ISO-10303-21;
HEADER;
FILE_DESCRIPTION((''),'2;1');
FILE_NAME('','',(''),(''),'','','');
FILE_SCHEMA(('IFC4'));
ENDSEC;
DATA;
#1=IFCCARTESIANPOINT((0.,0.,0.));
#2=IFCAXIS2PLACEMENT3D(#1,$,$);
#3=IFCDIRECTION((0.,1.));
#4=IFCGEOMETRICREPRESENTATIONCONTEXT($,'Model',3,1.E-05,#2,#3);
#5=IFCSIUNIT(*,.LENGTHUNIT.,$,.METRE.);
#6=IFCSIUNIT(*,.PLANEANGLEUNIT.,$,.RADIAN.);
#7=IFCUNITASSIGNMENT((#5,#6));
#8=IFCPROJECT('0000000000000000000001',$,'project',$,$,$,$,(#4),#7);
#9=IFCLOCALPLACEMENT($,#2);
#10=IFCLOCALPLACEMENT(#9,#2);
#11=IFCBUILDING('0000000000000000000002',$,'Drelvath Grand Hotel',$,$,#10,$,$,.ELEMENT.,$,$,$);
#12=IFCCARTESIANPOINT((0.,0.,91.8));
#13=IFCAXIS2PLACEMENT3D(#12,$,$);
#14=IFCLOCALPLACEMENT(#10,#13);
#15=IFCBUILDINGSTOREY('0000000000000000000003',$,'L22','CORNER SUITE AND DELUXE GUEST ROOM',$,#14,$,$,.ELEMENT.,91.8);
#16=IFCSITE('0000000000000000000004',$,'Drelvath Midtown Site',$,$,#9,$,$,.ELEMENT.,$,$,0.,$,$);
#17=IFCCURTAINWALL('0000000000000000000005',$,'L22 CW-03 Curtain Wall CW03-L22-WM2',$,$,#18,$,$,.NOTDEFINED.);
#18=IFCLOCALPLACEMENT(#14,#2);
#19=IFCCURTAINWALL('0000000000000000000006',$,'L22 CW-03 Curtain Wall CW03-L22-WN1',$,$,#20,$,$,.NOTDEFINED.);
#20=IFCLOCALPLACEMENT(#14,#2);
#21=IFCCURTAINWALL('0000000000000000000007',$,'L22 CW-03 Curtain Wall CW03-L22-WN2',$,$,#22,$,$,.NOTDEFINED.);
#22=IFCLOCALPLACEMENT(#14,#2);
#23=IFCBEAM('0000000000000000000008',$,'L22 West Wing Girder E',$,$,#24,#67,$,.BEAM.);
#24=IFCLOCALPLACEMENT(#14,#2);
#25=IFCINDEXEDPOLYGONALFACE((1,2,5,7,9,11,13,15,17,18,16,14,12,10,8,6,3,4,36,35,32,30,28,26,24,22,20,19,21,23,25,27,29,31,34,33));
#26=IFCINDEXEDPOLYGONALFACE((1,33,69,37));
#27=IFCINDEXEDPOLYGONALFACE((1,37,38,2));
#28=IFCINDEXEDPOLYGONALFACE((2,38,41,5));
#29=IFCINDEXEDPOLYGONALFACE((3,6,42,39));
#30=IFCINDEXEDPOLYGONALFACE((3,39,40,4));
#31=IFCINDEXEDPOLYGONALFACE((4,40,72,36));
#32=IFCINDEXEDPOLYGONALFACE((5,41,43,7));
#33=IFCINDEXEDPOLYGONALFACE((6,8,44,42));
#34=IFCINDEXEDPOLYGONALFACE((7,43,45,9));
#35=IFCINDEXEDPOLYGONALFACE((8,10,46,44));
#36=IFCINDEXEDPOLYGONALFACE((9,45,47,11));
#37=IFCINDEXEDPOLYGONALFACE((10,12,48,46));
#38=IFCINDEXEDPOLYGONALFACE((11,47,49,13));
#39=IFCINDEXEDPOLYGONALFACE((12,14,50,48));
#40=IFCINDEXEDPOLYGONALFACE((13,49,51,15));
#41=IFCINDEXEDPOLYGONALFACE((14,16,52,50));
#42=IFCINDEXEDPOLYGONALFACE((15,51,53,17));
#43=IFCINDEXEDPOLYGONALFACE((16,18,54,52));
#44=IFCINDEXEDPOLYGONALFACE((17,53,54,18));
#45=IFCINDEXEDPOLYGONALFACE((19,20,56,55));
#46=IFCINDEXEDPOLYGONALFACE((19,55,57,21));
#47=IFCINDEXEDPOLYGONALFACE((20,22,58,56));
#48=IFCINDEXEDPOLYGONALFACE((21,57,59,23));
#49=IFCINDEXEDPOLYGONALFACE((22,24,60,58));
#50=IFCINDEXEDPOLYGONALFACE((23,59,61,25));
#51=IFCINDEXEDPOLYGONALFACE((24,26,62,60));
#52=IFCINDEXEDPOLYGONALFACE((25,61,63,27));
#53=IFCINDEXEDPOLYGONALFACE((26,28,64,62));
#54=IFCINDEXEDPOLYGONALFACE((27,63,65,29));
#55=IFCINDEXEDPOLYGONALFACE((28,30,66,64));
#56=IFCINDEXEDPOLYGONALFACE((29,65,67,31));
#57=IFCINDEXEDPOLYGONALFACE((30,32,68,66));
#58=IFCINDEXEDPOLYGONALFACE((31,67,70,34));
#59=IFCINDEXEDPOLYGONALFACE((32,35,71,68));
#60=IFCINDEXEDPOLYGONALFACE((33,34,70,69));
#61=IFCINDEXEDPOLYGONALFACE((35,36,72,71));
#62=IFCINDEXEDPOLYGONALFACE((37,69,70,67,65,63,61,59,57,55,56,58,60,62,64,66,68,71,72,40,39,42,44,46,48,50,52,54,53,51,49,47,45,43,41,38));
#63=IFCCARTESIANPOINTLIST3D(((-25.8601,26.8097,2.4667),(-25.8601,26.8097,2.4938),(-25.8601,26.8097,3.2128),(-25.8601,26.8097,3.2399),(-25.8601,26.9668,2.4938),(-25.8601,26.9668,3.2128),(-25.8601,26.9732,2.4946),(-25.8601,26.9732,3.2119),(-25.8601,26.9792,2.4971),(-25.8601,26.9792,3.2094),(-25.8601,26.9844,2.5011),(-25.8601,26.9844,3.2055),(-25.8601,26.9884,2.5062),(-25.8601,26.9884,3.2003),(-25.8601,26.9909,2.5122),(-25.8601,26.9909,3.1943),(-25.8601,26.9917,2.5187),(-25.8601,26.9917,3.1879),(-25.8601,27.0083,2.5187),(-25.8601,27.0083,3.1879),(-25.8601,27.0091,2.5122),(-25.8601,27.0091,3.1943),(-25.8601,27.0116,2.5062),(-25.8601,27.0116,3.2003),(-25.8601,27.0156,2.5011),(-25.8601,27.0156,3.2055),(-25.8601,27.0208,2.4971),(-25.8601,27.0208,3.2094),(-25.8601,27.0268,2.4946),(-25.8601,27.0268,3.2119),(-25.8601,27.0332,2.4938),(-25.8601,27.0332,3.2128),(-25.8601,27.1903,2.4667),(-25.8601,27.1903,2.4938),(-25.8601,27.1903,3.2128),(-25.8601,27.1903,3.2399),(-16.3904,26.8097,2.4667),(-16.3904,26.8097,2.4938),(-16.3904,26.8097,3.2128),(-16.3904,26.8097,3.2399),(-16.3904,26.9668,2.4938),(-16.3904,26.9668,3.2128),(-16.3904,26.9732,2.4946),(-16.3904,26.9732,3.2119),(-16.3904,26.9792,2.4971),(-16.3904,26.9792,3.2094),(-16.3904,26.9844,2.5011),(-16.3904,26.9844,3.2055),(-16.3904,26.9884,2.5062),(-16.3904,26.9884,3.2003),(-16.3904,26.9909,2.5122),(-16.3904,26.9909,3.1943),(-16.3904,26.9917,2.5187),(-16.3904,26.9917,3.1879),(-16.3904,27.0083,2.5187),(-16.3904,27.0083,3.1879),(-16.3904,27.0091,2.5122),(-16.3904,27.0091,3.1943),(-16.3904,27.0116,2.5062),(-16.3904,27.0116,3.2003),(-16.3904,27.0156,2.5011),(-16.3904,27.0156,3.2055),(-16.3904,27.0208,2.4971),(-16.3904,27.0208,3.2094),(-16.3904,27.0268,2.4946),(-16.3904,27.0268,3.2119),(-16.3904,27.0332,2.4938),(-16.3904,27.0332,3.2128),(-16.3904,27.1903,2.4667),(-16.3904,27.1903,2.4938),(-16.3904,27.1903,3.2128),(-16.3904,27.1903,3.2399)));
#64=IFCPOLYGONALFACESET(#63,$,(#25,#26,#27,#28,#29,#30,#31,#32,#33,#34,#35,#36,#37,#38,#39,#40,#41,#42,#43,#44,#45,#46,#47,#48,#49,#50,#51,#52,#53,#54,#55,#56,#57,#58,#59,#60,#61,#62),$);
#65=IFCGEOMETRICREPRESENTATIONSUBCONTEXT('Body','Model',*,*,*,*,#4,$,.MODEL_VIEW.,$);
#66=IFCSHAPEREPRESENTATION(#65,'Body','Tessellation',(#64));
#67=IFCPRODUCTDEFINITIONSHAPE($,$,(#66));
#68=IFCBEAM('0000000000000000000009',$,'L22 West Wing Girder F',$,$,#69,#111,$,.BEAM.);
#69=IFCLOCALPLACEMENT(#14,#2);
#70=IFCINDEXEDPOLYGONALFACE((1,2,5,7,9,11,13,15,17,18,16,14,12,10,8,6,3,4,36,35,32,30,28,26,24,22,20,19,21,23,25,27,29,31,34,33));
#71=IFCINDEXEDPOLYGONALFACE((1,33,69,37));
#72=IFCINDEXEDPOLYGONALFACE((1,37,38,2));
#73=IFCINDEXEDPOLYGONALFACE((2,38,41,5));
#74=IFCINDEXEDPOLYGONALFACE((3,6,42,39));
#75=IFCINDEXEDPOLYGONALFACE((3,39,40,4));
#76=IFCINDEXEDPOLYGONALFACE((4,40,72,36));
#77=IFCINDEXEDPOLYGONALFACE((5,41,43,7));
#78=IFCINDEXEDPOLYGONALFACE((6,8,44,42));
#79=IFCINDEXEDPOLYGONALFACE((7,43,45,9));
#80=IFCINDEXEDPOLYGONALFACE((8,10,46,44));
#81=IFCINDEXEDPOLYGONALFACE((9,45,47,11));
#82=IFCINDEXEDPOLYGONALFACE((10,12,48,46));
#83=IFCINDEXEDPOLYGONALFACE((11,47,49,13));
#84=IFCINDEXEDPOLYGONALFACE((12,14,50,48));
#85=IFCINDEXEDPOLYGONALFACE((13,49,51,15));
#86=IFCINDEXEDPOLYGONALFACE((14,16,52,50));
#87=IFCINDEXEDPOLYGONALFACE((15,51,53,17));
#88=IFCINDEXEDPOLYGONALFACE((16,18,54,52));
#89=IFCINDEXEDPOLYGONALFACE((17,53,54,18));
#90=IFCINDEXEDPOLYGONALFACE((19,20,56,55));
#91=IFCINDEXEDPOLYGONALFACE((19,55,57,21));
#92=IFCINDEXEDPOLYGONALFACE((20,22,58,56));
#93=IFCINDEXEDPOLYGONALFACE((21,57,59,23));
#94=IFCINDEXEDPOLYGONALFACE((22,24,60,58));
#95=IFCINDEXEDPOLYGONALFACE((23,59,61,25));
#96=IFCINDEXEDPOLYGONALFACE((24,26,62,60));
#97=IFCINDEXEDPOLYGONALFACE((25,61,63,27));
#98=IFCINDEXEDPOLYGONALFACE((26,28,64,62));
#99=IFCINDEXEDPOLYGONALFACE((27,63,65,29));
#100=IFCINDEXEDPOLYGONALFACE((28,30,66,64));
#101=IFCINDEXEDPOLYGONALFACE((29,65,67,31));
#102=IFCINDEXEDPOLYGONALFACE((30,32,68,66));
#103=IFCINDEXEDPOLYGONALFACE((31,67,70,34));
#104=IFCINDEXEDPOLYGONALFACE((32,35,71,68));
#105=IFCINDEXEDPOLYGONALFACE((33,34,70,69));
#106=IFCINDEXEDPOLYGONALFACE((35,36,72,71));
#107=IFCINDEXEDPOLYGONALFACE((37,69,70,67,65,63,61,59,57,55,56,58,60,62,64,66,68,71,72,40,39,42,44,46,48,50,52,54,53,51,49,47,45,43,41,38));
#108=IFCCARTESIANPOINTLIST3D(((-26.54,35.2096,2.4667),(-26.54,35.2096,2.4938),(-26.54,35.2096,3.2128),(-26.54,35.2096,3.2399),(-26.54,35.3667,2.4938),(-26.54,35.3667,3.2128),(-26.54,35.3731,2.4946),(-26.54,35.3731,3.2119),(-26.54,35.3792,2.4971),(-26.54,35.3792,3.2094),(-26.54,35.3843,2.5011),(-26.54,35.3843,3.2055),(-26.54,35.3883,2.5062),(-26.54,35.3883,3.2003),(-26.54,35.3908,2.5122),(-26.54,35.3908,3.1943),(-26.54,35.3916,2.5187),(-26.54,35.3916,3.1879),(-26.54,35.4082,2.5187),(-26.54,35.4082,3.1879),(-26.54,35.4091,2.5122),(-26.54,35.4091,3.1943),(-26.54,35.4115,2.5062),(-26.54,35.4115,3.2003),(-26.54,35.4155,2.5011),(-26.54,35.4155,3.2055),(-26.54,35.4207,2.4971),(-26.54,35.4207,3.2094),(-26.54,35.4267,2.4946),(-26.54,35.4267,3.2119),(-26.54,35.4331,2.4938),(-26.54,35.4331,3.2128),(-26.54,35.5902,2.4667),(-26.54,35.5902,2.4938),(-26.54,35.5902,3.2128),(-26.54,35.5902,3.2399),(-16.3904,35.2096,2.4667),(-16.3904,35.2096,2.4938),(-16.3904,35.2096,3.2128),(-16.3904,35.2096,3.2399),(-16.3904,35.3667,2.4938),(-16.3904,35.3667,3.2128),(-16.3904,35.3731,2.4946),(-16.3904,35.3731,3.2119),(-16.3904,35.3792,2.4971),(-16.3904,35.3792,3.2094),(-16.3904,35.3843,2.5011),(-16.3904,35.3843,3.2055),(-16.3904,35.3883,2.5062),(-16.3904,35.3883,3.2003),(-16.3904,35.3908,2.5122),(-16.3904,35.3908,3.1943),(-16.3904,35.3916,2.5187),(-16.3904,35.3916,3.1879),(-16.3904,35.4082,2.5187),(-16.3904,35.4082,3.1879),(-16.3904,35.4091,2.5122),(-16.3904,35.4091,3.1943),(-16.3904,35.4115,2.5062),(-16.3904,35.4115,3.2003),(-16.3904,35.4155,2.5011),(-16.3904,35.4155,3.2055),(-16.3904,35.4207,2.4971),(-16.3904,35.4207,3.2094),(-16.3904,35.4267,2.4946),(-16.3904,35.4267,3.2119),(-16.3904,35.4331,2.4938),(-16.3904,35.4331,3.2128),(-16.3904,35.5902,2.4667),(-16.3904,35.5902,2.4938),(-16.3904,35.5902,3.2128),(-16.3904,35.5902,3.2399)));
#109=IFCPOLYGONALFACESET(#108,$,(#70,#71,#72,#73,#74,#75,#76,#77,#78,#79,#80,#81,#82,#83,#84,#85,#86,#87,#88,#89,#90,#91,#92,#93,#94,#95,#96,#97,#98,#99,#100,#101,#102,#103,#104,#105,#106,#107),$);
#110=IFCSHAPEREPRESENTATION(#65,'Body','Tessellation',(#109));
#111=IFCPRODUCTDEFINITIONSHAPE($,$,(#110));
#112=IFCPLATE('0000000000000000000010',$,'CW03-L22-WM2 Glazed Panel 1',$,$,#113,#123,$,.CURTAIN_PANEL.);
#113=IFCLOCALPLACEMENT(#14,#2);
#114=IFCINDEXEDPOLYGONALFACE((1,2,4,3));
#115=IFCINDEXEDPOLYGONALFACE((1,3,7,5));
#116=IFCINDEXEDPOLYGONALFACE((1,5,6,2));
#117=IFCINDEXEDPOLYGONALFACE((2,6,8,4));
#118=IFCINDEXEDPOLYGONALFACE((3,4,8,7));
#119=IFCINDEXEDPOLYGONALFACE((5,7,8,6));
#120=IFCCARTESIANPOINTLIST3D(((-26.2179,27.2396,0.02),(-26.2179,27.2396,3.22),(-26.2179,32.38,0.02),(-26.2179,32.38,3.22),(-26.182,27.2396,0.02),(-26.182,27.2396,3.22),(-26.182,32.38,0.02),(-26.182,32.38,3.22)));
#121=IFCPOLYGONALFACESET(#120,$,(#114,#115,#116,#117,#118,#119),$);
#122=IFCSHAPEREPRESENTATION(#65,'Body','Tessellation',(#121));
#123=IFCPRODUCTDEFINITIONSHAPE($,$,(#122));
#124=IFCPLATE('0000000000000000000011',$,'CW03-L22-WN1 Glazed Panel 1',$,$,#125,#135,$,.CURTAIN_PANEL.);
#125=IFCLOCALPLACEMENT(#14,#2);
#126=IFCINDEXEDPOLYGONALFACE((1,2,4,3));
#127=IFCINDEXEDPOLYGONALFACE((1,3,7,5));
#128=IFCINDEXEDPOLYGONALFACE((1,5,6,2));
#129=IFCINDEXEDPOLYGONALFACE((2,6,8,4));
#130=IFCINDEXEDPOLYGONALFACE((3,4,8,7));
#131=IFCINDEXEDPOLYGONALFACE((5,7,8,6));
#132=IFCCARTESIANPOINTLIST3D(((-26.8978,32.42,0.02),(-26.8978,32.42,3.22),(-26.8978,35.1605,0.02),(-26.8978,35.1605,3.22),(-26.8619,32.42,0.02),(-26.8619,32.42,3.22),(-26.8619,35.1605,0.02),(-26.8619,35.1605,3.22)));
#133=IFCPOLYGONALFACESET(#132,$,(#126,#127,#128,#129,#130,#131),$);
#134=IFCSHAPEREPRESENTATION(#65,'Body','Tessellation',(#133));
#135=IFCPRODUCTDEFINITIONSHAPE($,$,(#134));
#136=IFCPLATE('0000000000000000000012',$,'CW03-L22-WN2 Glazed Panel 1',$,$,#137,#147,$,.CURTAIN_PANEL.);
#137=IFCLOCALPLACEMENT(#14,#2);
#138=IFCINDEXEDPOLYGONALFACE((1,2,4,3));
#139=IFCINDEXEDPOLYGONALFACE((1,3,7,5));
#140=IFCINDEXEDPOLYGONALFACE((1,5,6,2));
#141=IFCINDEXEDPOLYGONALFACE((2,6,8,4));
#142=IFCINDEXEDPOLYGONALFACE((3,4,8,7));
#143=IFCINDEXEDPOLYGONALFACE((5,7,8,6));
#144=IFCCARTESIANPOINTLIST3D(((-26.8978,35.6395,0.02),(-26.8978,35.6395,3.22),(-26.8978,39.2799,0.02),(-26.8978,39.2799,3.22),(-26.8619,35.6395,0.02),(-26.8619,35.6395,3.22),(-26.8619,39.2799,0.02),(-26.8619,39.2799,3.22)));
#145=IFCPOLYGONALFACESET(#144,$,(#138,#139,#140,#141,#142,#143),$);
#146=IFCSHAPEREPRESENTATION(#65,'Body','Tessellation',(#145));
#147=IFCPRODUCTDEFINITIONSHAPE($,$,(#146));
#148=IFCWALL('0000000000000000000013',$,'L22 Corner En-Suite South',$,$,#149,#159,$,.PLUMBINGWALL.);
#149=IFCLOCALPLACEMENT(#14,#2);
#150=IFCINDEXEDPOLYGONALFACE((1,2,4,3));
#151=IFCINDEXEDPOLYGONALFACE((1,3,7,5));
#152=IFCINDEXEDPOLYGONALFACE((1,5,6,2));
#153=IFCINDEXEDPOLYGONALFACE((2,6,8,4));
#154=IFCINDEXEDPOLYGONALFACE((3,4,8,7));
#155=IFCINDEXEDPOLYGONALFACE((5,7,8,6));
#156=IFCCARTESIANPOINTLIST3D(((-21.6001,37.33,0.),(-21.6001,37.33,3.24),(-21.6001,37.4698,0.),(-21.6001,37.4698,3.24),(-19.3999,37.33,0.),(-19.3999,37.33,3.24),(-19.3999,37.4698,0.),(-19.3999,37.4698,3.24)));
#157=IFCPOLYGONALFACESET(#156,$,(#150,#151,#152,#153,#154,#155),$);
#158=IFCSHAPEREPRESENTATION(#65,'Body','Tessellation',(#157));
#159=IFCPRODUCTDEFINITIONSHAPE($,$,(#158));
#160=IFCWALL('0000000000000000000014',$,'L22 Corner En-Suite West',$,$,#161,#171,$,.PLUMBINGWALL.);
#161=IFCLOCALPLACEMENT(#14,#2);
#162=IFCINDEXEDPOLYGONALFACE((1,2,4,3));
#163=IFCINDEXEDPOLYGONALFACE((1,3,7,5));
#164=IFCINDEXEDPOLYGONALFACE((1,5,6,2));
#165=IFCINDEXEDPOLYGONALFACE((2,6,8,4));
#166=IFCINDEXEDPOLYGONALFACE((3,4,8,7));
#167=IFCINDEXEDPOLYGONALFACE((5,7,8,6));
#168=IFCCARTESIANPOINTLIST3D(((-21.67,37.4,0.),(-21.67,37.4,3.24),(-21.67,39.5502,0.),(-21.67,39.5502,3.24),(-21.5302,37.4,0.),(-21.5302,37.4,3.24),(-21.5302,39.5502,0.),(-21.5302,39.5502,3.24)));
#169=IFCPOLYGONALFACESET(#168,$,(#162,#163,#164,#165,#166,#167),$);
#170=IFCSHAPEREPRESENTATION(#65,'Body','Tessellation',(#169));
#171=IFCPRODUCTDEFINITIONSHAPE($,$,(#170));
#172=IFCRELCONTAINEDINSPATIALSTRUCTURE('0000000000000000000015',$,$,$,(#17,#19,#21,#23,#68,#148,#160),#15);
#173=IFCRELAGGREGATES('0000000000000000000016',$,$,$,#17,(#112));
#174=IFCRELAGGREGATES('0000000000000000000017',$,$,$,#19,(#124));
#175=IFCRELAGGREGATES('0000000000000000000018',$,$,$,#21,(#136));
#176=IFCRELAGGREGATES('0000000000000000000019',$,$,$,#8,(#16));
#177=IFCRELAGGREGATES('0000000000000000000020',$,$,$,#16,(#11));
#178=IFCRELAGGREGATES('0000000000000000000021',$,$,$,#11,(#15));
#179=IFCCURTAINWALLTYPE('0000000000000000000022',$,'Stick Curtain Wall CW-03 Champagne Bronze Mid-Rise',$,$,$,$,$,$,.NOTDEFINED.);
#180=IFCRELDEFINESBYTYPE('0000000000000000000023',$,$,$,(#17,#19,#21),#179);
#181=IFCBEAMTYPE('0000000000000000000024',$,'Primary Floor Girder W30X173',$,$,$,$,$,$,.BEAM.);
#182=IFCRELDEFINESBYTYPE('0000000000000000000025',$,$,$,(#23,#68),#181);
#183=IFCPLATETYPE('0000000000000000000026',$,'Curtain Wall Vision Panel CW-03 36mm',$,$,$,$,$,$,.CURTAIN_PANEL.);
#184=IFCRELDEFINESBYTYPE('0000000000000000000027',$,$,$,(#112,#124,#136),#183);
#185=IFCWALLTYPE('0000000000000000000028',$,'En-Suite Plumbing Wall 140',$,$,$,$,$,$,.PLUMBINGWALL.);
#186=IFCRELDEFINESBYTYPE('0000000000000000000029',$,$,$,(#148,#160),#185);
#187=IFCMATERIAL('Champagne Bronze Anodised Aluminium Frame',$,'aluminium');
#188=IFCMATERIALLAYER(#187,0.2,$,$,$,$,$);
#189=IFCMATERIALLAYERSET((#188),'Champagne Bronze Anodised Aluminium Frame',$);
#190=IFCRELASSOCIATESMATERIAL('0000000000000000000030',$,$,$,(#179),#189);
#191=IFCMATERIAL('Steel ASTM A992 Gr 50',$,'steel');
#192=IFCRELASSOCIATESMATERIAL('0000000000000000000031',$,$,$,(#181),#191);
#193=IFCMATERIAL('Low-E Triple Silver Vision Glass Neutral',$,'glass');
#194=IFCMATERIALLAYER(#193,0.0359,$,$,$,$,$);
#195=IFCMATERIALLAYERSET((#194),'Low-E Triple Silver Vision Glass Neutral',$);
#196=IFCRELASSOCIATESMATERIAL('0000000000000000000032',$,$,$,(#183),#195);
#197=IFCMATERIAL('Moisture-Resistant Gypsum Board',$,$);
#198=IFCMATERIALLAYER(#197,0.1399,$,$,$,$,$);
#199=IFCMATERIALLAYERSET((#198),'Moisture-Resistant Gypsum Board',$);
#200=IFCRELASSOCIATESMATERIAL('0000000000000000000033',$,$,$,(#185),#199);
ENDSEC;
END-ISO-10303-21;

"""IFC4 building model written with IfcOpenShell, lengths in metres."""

from ifc_helpers import new_model, si_unit, direction, frame, frame_2d, origin, origin_2d, place, context, subcontext, project, spatial, rectangle, i_section, extrude, material, layer, layer_set, material_profile, profile_set, type_object, element, aggregate, save


model = new_model("IFC4")

# Units and contexts
model_context = context("Model", 3, precision=1e-05, world=origin(), true_north=direction((0.0, 1.0)))
body_context = subcontext(model_context, "Body", "Model", "MODEL_VIEW")
ifc_project = project(units=[si_unit("LENGTHUNIT", "METRE"), si_unit("PLANEANGLEUNIT", "RADIAN")], contexts=[model_context])

# Site, building, storey
site_placement = place(None, origin())
site = spatial("IfcSite", under=ifc_project, at=site_placement, Name="Drelvath Midtown Site", CompositionType="ELEMENT", RefElevation=0.0)
building_placement = place(site_placement, origin())
building = spatial("IfcBuilding", under=site, at=building_placement, Name="Drelvath Grand Hotel", CompositionType="ELEMENT")
storey_placement = place(building_placement, frame((0.0, 0.0, 91.8)))
storey = spatial("IfcBuildingStorey", under=building, at=storey_placement, Name="L22", Description="CORNER SUITE AND DELUXE GUEST ROOM", CompositionType="ELEMENT", Elevation=91.8)

# Curtain walls
ifc_material_1 = material(Name="Champagne Bronze Anodised Aluminium Frame", Category="aluminium")
ifc_layer_1 = layer(ifc_material_1, 0.2)
ifc_layer_set_1 = layer_set([ifc_layer_1], Name="Champagne Bronze Anodised Aluminium Frame")
curtain_wall_type = type_object("IfcCurtainWallType", Name="Stick Curtain Wall CW-03 Champagne Bronze Mid-Rise", PredefinedType="NOTDEFINED", material=ifc_layer_set_1)
curtain_wall_1_placement = place(storey_placement, origin())
curtain_wall_1 = element("IfcCurtainWall", 1, at=curtain_wall_1_placement, inside=storey, type_object=curtain_wall_type, Name="L22 CW-03 Curtain Wall CW03-L22-WM2", PredefinedType="NOTDEFINED")
curtain_wall_2_placement = place(storey_placement, origin())
curtain_wall_2 = element("IfcCurtainWall", 2, at=curtain_wall_2_placement, inside=storey, type_object=curtain_wall_type, Name="L22 CW-03 Curtain Wall CW03-L22-WN1", PredefinedType="NOTDEFINED")
curtain_wall_3_placement = place(storey_placement, origin())
curtain_wall_3 = element("IfcCurtainWall", 3, at=curtain_wall_3_placement, inside=storey, type_object=curtain_wall_type, Name="L22 CW-03 Curtain Wall CW03-L22-WN2", PredefinedType="NOTDEFINED")

# Beams
ifc_material_2 = material(Name="Steel ASTM A992 Gr 50", Category="steel")
ifc_material_profile_1 = material_profile(ifc_material_2, i_section(OverallWidth=0.3806, OverallDepth=0.7732, WebThickness=0.0166, FlangeThickness=0.0271, FilletRadius=0.0249, at=origin_2d()), Name="W30X173")
ifc_profile_set_1 = profile_set([ifc_material_profile_1], Name="Steel ASTM A992 Gr 50")
beam_type_1 = type_object("IfcBeamType", Name="Primary Floor Girder W30X173", PredefinedType="BEAM", material=ifc_profile_set_1)
beam_1_placement = place(storey_placement, frame((-25.8601, 27.0, 2.8533), z_axis=(1.0, 0.0, 0.0), x_axis=(0.0, 1.0, 0.0)))
element("IfcBeam", 4, at=beam_1_placement, inside=storey, type_object=beam_type_1, Name="L22 West Wing Girder E", PredefinedType="BEAM", context=body_context, shape_type="SweptSolid", body=[
    extrude(i_section(OverallWidth=0.3806, OverallDepth=0.7732, WebThickness=0.0166, FlangeThickness=0.0271, FilletRadius=0.0249, at=origin_2d()), origin(), (0.0, 0.0, 1.0), 9.4697),
])
beam_2_placement = place(storey_placement, frame((-26.54, 35.3999, 2.8533), z_axis=(1.0, 0.0, 0.0), x_axis=(0.0, 1.0, 0.0)))
element("IfcBeam", 5, at=beam_2_placement, inside=storey, type_object=beam_type_1, Name="L22 West Wing Girder F", PredefinedType="BEAM", context=body_context, shape_type="SweptSolid", body=[
    extrude(i_section(OverallWidth=0.3806, OverallDepth=0.7732, WebThickness=0.0166, FlangeThickness=0.0271, FilletRadius=0.0249, at=origin_2d()), origin(), (0.0, 0.0, 1.0), 10.1497),
])

# Plates
ifc_material_3 = material(Name="Low-E Triple Silver Vision Glass Neutral", Category="glass")
ifc_layer_2 = layer(ifc_material_3, 0.0359)
ifc_layer_set_2 = layer_set([ifc_layer_2], Name="Low-E Triple Silver Vision Glass Neutral")
plate_type = type_object("IfcPlateType", Name="Curtain Wall Vision Panel CW-03 36mm", PredefinedType="CURTAIN_PANEL", material=ifc_layer_set_2)
plate_1_placement = place(storey_placement, frame((-26.2, 29.8098, 0.02), z_axis=(0.0, 0.0, 1.0), x_axis=(0.0, 1.0, 0.0)))
plate_1 = element("IfcPlate", 6, at=plate_1_placement, type_object=plate_type, Name="CW03-L22-WM2 Glazed Panel 1", PredefinedType="CURTAIN_PANEL", context=body_context, shape_type="SweptSolid", body=[
    extrude(rectangle(XDim=5.1404, YDim=0.0359, at=origin_2d()), origin(), (0.0, 0.0, 1.0), 3.2),
])
aggregate(curtain_wall_1, [plate_1])
plate_2_placement = place(storey_placement, frame((-26.8799, 33.7903, 0.02), z_axis=(0.0, 0.0, 1.0), x_axis=(0.0, 1.0, 0.0)))
plate_2 = element("IfcPlate", 7, at=plate_2_placement, type_object=plate_type, Name="CW03-L22-WN1 Glazed Panel 1", PredefinedType="CURTAIN_PANEL", context=body_context, shape_type="SweptSolid", body=[
    extrude(rectangle(XDim=2.7405, YDim=0.0359, at=origin_2d()), origin(), (0.0, 0.0, 1.0), 3.2),
])
aggregate(curtain_wall_2, [plate_2])
plate_3_placement = place(storey_placement, frame((-26.8799, 37.4597, 0.02), z_axis=(0.0, 0.0, 1.0), x_axis=(0.0, 1.0, 0.0)))
plate_3 = element("IfcPlate", 8, at=plate_3_placement, type_object=plate_type, Name="CW03-L22-WN2 Glazed Panel 1", PredefinedType="CURTAIN_PANEL", context=body_context, shape_type="SweptSolid", body=[
    extrude(rectangle(XDim=3.6404, YDim=0.0359, at=origin_2d()), origin(), (0.0, 0.0, 1.0), 3.2),
])
aggregate(curtain_wall_3, [plate_3])

# Walls
ifc_material_4 = material(Name="Moisture-Resistant Gypsum Board")
ifc_layer_3 = layer(ifc_material_4, 0.1399)
ifc_layer_set_3 = layer_set([ifc_layer_3], Name="Moisture-Resistant Gypsum Board")
wall_type_1 = type_object("IfcWallType", Name="En-Suite Plumbing Wall 140", PredefinedType="PLUMBINGWALL", material=ifc_layer_set_3)
wall_1_placement = place(storey_placement, frame((-21.6001, 37.3999, 0.0), z_axis=(0.0, 0.0, 1.0), x_axis=(1.0, 0.0, 0.0)))
element("IfcWall", 9, at=wall_1_placement, inside=storey, type_object=wall_type_1, Name="L22 Corner En-Suite South", PredefinedType="PLUMBINGWALL", context=body_context, shape_type="SweptSolid", body=[
    extrude(rectangle(XDim=2.2002, YDim=0.1399, at=frame_2d((1.1001, 0.0))), origin(), (0.0, 0.0, 1.0), 3.24),
])
wall_2_placement = place(storey_placement, frame((-21.6001, 37.3999, 0.0), z_axis=(0.0, 0.0, 1.0), x_axis=(0.0, 1.0, 0.0)))
element("IfcWall", 10, at=wall_2_placement, inside=storey, type_object=wall_type_1, Name="L22 Corner En-Suite West", PredefinedType="PLUMBINGWALL", context=body_context, shape_type="SweptSolid", body=[
    extrude(rectangle(XDim=2.1501, YDim=0.1399, at=frame_2d((1.0752, 0.0))), origin(), (0.0, 0.0, 1.0), 3.24),
])

save(model, "model.ifc")
